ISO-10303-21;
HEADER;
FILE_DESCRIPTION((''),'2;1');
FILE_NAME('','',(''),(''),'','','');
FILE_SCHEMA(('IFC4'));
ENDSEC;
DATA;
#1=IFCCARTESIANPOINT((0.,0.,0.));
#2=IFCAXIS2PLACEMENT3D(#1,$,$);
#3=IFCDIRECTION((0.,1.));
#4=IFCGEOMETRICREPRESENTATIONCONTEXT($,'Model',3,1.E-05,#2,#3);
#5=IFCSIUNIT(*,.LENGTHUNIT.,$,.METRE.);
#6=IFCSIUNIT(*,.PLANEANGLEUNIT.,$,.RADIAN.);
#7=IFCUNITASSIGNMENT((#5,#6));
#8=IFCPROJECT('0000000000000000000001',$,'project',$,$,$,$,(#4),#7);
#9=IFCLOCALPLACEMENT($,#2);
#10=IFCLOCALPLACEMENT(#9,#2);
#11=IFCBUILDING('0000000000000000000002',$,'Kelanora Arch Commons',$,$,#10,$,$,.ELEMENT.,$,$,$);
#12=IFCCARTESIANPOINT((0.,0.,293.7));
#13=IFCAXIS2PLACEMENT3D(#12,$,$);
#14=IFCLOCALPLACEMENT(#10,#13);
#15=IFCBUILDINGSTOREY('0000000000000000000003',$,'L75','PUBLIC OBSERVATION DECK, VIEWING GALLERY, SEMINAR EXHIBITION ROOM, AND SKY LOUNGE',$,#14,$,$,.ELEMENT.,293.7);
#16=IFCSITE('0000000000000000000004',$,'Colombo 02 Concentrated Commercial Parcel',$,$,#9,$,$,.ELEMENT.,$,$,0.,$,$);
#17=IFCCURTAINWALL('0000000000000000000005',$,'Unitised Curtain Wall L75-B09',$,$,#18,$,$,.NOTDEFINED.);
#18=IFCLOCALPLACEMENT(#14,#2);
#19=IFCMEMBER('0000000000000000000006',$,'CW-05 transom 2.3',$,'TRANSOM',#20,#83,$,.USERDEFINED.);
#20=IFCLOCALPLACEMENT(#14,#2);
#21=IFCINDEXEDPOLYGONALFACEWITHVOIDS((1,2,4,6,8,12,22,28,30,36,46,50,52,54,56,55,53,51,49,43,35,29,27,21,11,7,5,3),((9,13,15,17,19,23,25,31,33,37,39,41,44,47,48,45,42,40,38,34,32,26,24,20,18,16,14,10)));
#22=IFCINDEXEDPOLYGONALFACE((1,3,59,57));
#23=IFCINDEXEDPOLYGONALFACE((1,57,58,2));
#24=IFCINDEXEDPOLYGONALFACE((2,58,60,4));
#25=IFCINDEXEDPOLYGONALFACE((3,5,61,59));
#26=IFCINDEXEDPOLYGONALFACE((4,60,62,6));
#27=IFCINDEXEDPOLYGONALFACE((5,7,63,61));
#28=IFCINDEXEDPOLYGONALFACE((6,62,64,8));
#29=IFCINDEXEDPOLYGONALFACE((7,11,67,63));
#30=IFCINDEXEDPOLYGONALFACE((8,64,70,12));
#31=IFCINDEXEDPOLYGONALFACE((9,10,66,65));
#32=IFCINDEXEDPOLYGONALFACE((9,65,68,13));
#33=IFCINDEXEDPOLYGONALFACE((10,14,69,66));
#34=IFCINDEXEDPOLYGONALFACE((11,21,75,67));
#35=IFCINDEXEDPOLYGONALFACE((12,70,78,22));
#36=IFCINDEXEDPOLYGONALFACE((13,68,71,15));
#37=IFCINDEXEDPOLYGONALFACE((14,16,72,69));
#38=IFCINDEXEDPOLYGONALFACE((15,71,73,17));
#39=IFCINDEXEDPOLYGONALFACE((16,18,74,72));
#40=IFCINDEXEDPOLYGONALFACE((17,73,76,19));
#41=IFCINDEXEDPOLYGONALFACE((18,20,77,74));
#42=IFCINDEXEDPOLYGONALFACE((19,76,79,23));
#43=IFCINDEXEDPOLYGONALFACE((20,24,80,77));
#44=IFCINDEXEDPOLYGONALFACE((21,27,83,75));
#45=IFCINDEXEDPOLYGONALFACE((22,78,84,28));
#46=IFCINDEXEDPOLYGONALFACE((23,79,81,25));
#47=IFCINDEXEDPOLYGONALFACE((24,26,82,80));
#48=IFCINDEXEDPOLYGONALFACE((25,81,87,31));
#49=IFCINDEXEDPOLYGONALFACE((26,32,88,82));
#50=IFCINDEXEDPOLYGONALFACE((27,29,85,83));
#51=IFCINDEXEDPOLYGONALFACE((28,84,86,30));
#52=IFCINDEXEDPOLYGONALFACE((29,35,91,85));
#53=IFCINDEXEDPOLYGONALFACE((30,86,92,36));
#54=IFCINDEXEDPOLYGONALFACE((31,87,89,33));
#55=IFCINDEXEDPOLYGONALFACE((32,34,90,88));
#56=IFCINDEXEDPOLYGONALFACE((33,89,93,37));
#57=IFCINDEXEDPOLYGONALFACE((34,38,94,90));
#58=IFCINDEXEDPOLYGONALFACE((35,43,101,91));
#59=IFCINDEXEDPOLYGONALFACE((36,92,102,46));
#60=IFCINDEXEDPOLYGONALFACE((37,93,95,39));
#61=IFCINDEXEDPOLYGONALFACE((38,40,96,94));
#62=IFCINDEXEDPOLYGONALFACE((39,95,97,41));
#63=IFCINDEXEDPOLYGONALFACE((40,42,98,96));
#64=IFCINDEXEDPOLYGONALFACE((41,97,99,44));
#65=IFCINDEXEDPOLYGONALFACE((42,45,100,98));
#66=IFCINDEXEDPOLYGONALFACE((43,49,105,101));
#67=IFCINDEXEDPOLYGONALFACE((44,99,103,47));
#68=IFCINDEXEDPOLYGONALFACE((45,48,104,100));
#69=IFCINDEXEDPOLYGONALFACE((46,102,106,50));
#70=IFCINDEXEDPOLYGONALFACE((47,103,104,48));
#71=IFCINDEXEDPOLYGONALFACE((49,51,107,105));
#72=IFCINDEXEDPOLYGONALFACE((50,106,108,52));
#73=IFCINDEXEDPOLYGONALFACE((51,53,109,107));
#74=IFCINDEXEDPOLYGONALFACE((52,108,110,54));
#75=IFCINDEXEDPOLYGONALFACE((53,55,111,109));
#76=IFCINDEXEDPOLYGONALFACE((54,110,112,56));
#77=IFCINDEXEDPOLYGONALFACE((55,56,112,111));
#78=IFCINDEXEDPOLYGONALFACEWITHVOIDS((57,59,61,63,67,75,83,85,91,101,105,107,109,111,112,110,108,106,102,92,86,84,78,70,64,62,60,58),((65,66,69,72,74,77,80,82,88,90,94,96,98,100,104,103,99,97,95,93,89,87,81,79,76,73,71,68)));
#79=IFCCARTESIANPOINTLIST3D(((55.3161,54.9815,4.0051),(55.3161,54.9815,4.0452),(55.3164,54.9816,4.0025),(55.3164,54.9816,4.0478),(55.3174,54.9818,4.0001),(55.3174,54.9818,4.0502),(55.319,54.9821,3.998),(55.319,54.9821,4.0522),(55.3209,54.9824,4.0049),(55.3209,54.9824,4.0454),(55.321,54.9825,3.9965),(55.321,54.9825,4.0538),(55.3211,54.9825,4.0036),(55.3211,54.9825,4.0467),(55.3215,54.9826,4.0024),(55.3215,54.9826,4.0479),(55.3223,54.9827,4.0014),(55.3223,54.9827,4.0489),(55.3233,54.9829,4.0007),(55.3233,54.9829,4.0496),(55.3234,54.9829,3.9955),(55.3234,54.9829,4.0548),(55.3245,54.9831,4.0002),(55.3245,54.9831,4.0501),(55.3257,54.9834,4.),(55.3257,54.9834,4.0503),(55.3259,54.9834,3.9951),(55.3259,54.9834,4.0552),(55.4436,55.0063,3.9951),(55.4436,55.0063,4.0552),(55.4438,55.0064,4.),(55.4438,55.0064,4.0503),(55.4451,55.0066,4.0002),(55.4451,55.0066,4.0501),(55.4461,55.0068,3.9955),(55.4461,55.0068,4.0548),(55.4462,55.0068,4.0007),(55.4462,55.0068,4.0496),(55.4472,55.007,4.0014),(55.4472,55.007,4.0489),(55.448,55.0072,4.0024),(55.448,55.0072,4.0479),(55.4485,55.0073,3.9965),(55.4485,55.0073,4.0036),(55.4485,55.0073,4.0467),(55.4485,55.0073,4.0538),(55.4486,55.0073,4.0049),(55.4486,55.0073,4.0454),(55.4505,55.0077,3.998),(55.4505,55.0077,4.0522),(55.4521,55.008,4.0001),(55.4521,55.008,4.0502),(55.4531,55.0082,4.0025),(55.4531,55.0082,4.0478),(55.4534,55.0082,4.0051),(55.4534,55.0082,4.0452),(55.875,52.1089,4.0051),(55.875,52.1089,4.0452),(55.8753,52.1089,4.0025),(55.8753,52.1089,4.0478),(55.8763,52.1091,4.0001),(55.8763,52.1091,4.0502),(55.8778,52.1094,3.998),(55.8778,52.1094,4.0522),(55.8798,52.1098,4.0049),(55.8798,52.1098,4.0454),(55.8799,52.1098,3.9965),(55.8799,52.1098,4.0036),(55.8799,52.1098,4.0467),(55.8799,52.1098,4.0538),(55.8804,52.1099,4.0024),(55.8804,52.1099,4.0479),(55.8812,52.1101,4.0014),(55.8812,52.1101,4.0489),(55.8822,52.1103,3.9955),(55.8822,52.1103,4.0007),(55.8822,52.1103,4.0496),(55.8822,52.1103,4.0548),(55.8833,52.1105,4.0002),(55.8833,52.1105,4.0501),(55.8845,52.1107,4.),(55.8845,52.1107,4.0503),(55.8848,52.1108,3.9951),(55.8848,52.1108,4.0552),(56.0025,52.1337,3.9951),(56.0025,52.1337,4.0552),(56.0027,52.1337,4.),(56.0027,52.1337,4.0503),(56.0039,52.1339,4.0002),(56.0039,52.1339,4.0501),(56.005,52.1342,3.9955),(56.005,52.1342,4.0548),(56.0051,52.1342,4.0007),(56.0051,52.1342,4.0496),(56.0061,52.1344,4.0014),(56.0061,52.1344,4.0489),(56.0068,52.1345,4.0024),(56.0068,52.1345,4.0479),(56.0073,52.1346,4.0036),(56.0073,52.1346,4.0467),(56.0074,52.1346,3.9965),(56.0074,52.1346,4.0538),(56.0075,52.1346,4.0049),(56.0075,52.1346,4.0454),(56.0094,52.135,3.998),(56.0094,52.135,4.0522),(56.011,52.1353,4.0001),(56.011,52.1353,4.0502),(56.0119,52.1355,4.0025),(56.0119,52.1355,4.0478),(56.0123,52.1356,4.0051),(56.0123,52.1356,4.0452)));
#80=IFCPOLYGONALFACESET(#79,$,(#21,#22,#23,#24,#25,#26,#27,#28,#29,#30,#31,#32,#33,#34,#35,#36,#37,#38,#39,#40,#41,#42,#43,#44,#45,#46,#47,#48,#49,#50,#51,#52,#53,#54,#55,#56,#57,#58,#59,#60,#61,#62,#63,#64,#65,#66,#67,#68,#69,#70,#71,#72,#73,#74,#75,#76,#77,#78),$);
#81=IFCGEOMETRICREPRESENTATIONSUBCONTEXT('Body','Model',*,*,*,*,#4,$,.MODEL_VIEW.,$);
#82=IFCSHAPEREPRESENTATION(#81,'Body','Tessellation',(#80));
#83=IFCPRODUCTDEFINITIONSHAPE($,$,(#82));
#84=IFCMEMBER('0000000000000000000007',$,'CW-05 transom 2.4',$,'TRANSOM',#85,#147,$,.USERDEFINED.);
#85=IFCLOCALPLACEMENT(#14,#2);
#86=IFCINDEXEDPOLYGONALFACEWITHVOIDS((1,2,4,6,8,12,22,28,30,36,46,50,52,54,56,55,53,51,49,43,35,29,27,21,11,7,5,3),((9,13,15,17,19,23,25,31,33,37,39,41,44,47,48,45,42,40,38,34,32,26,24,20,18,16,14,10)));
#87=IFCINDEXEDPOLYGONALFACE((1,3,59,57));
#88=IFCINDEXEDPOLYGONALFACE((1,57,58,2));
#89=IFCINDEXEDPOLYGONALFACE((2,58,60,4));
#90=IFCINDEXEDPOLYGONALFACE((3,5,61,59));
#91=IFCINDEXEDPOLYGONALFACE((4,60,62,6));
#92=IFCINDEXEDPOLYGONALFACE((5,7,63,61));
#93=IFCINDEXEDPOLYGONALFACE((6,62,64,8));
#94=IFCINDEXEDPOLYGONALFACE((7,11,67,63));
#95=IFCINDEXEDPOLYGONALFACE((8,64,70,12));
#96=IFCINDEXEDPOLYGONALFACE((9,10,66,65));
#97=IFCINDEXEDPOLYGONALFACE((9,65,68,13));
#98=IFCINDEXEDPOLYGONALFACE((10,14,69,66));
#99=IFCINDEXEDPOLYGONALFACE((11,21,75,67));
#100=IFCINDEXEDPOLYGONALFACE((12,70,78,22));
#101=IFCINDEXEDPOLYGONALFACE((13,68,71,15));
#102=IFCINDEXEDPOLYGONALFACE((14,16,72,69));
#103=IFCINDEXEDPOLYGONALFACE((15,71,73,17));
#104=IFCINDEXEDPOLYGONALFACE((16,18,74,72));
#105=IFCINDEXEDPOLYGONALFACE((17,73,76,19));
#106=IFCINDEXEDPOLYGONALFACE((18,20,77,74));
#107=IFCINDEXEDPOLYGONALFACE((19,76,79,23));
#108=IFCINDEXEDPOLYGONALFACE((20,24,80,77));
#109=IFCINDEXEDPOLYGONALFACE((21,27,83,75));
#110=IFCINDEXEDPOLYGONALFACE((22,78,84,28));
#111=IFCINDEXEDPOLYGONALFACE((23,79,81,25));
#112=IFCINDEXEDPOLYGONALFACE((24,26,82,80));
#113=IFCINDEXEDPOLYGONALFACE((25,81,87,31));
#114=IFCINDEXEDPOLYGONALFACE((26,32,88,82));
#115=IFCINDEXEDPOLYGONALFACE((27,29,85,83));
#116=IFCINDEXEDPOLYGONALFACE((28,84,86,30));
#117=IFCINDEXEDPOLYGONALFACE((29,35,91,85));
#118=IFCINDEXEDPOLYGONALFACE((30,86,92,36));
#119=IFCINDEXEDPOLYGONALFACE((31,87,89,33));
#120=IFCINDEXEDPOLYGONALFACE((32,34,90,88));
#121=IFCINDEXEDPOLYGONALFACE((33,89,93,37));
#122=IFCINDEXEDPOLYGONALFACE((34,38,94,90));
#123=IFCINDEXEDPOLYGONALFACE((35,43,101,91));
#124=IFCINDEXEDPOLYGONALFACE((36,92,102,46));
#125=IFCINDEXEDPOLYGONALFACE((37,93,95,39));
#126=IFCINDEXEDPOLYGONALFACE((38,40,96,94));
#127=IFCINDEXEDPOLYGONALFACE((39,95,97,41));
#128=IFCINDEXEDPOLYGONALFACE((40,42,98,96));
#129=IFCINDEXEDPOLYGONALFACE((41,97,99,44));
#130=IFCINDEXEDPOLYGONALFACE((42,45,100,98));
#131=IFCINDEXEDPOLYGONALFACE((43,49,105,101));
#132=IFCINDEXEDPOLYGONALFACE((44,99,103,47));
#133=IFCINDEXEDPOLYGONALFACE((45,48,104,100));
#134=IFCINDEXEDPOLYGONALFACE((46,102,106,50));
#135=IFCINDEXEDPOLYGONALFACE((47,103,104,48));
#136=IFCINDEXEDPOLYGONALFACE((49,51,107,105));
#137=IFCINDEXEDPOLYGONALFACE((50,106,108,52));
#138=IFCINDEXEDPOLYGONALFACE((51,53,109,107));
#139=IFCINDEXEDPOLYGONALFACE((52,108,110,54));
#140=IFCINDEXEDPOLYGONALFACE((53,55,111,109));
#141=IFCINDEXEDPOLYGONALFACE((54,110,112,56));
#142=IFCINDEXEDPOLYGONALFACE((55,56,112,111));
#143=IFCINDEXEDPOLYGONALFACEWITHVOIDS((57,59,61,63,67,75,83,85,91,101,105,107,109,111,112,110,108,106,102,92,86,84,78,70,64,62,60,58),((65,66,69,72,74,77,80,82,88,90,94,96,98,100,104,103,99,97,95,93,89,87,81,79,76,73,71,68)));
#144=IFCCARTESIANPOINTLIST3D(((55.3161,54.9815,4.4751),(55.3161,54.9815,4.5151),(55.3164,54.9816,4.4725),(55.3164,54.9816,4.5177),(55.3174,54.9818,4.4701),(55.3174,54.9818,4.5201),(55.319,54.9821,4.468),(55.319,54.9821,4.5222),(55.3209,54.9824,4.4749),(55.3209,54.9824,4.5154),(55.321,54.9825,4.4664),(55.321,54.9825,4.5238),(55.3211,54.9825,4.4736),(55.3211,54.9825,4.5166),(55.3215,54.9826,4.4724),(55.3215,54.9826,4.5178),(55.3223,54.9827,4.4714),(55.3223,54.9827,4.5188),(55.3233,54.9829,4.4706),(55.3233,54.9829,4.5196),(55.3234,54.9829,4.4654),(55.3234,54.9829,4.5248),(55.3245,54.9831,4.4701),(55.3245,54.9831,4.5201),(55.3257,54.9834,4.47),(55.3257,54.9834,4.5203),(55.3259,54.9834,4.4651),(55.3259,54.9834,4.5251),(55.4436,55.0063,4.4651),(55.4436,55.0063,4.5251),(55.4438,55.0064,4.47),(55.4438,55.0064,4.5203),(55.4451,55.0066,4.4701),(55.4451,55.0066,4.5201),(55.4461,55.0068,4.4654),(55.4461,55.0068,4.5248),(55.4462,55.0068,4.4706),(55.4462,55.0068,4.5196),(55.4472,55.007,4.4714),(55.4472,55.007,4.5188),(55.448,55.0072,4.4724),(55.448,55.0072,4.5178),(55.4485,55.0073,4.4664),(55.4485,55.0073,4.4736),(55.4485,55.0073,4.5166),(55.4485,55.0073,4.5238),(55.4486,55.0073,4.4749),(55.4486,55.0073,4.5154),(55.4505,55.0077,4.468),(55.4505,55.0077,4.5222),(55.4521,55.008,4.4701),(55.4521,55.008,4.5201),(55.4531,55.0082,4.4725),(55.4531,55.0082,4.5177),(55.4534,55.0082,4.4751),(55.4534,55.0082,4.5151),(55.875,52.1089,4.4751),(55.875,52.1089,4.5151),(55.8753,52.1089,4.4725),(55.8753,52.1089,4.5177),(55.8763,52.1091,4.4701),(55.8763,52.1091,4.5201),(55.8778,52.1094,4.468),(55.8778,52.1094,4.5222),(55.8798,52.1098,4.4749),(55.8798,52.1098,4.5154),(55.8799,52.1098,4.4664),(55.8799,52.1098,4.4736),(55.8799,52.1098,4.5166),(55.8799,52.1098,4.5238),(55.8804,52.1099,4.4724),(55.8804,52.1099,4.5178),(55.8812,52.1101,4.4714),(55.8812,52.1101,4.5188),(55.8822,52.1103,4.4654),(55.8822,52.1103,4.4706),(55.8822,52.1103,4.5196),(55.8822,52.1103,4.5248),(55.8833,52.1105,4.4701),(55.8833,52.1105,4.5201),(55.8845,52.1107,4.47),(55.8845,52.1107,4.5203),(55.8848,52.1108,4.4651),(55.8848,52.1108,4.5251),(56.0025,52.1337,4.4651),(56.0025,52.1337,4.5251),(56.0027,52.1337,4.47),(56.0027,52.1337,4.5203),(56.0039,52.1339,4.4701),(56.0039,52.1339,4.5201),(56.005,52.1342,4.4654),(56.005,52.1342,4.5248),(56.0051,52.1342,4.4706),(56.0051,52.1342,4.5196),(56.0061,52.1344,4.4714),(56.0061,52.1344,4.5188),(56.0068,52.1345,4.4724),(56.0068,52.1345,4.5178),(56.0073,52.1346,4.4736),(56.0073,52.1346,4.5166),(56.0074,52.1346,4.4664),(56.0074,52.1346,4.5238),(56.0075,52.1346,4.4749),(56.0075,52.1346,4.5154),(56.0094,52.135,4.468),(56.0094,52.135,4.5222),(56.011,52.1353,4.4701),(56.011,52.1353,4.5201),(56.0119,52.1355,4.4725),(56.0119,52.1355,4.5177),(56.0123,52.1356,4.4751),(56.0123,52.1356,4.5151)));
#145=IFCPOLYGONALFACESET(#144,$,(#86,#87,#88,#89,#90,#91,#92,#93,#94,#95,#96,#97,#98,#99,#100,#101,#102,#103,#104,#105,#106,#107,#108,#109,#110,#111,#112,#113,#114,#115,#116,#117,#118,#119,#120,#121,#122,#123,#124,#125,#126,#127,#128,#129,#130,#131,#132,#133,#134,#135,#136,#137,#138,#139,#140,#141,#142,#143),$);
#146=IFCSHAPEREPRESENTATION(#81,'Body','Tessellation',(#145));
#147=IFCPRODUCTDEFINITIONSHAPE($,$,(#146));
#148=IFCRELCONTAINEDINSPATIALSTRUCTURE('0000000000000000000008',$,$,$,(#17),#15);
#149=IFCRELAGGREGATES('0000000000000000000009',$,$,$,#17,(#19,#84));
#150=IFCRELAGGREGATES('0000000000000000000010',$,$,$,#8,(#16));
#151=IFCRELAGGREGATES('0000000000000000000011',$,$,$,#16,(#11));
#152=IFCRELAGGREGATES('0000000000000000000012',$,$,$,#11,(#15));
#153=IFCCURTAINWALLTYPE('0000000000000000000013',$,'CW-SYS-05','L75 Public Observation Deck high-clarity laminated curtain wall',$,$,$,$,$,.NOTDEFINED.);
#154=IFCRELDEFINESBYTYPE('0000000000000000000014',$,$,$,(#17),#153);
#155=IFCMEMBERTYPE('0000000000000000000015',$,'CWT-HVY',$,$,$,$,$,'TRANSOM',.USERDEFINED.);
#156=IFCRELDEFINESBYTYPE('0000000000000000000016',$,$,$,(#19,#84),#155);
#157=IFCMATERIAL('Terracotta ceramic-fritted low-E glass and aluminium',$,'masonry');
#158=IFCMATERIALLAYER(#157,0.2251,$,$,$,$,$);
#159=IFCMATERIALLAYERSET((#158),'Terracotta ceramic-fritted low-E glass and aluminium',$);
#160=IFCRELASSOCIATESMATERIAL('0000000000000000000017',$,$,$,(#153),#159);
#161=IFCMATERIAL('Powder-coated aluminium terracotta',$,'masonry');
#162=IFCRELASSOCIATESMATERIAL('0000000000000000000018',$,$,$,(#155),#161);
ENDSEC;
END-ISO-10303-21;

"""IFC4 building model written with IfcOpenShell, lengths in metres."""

from ifc_helpers import new_model, si_unit, direction, frame, origin, origin_2d, place, context, subcontext, project, spatial, hollow_rectangle, extrude, material, layer, layer_set, material_profile, profile_set, type_object, element, aggregate, save


model = new_model("IFC4")

# Units and contexts
model_context = context("Model", 3, precision=1e-05, world=origin(), true_north=direction((0.0, 1.0)))
body_context = subcontext(model_context, "Body", "Model", "MODEL_VIEW")
ifc_project = project(units=[si_unit("LENGTHUNIT", "METRE"), si_unit("PLANEANGLEUNIT", "RADIAN")], contexts=[model_context])

# Site, building, storey
site_placement = place(None, origin())
site = spatial("IfcSite", under=ifc_project, at=site_placement, Name="Colombo 02 Concentrated Commercial Parcel", CompositionType="ELEMENT", RefElevation=0.0)
building_placement = place(site_placement, origin())
building = spatial("IfcBuilding", under=site, at=building_placement, Name="Kelanora Arch Commons", CompositionType="ELEMENT")
storey_placement = place(building_placement, frame((0.0, 0.0, 293.7)))
storey = spatial("IfcBuildingStorey", under=building, at=storey_placement, Name="L75", Description="PUBLIC OBSERVATION DECK, VIEWING GALLERY, SEMINAR EXHIBITION ROOM, AND SKY LOUNGE", CompositionType="ELEMENT", Elevation=293.7)

# Shared definitions
ifc_material_1 = material(Name="Terracotta ceramic-fritted low-E glass and aluminium", Category="masonry")
ifc_layer_1 = layer(ifc_material_1, 0.2251)
ifc_layer_set_1 = layer_set([ifc_layer_1], Name="Terracotta ceramic-fritted low-E glass and aluminium")
curtain_wall_type = type_object("IfcCurtainWallType", Name="CW-SYS-05", Description="L75 Public Observation Deck high-clarity laminated curtain wall", PredefinedType="NOTDEFINED", material=ifc_layer_set_1)
ifc_material_2 = material(Name="Powder-coated aluminium terracotta", Category="masonry")

# Curtain wall
curtain_wall_1_placement = place(storey_placement, origin())
curtain_wall_1 = element("IfcCurtainWall", 1, at=curtain_wall_1_placement, inside=storey, type_object=curtain_wall_type, Name="Unitised Curtain Wall L75-B09", PredefinedType="NOTDEFINED")

# Members
ifc_material_profile_1 = material_profile(ifc_material_2, hollow_rectangle(XDim=0.1399, YDim=0.0601, WallThickness=0.0049, InnerFilletRadius=0.0049, OuterFilletRadius=0.01, at=origin_2d()), Name="CWT140x60")
ifc_profile_set_1 = profile_set([ifc_material_profile_1], Name="Powder-coated aluminium terracotta")
member_type_1 = type_object("IfcMemberType", Name="CWT-HVY", ElementType="TRANSOM", PredefinedType="USERDEFINED", material=ifc_profile_set_1)
member_1_placement = place(storey_placement, frame((55.3848, 54.9949, 4.0251), z_axis=(0.190963, -0.981597, 0.0), x_axis=(0.981597, 0.190963, 0.0)))
member_1 = element("IfcMember", 2, at=member_1_placement, type_object=member_type_1, Name="CW-05 transom 2.3", ObjectType="TRANSOM", PredefinedType="USERDEFINED", context=body_context, shape_type="SweptSolid", body=[
    extrude(hollow_rectangle(XDim=0.1399, YDim=0.0601, WallThickness=0.0049, InnerFilletRadius=0.0049, OuterFilletRadius=0.01, at=origin_2d()), origin(), (0.0, 0.0, 1.0), 2.9265),
])
member_2_placement = place(storey_placement, frame((55.3848, 54.9949, 4.4951), z_axis=(0.190963, -0.981597, 0.0), x_axis=(0.981597, 0.190963, 0.0)))
member_2 = element("IfcMember", 3, at=member_2_placement, type_object=member_type_1, Name="CW-05 transom 2.4", ObjectType="TRANSOM", PredefinedType="USERDEFINED", context=body_context, shape_type="SweptSolid", body=[
    extrude(hollow_rectangle(XDim=0.1399, YDim=0.0601, WallThickness=0.0049, InnerFilletRadius=0.0049, OuterFilletRadius=0.01, at=origin_2d()), origin(), (0.0, 0.0, 1.0), 2.9265),
])

aggregate(curtain_wall_1, [member_1, member_2])

save(model, "model.ifc")
